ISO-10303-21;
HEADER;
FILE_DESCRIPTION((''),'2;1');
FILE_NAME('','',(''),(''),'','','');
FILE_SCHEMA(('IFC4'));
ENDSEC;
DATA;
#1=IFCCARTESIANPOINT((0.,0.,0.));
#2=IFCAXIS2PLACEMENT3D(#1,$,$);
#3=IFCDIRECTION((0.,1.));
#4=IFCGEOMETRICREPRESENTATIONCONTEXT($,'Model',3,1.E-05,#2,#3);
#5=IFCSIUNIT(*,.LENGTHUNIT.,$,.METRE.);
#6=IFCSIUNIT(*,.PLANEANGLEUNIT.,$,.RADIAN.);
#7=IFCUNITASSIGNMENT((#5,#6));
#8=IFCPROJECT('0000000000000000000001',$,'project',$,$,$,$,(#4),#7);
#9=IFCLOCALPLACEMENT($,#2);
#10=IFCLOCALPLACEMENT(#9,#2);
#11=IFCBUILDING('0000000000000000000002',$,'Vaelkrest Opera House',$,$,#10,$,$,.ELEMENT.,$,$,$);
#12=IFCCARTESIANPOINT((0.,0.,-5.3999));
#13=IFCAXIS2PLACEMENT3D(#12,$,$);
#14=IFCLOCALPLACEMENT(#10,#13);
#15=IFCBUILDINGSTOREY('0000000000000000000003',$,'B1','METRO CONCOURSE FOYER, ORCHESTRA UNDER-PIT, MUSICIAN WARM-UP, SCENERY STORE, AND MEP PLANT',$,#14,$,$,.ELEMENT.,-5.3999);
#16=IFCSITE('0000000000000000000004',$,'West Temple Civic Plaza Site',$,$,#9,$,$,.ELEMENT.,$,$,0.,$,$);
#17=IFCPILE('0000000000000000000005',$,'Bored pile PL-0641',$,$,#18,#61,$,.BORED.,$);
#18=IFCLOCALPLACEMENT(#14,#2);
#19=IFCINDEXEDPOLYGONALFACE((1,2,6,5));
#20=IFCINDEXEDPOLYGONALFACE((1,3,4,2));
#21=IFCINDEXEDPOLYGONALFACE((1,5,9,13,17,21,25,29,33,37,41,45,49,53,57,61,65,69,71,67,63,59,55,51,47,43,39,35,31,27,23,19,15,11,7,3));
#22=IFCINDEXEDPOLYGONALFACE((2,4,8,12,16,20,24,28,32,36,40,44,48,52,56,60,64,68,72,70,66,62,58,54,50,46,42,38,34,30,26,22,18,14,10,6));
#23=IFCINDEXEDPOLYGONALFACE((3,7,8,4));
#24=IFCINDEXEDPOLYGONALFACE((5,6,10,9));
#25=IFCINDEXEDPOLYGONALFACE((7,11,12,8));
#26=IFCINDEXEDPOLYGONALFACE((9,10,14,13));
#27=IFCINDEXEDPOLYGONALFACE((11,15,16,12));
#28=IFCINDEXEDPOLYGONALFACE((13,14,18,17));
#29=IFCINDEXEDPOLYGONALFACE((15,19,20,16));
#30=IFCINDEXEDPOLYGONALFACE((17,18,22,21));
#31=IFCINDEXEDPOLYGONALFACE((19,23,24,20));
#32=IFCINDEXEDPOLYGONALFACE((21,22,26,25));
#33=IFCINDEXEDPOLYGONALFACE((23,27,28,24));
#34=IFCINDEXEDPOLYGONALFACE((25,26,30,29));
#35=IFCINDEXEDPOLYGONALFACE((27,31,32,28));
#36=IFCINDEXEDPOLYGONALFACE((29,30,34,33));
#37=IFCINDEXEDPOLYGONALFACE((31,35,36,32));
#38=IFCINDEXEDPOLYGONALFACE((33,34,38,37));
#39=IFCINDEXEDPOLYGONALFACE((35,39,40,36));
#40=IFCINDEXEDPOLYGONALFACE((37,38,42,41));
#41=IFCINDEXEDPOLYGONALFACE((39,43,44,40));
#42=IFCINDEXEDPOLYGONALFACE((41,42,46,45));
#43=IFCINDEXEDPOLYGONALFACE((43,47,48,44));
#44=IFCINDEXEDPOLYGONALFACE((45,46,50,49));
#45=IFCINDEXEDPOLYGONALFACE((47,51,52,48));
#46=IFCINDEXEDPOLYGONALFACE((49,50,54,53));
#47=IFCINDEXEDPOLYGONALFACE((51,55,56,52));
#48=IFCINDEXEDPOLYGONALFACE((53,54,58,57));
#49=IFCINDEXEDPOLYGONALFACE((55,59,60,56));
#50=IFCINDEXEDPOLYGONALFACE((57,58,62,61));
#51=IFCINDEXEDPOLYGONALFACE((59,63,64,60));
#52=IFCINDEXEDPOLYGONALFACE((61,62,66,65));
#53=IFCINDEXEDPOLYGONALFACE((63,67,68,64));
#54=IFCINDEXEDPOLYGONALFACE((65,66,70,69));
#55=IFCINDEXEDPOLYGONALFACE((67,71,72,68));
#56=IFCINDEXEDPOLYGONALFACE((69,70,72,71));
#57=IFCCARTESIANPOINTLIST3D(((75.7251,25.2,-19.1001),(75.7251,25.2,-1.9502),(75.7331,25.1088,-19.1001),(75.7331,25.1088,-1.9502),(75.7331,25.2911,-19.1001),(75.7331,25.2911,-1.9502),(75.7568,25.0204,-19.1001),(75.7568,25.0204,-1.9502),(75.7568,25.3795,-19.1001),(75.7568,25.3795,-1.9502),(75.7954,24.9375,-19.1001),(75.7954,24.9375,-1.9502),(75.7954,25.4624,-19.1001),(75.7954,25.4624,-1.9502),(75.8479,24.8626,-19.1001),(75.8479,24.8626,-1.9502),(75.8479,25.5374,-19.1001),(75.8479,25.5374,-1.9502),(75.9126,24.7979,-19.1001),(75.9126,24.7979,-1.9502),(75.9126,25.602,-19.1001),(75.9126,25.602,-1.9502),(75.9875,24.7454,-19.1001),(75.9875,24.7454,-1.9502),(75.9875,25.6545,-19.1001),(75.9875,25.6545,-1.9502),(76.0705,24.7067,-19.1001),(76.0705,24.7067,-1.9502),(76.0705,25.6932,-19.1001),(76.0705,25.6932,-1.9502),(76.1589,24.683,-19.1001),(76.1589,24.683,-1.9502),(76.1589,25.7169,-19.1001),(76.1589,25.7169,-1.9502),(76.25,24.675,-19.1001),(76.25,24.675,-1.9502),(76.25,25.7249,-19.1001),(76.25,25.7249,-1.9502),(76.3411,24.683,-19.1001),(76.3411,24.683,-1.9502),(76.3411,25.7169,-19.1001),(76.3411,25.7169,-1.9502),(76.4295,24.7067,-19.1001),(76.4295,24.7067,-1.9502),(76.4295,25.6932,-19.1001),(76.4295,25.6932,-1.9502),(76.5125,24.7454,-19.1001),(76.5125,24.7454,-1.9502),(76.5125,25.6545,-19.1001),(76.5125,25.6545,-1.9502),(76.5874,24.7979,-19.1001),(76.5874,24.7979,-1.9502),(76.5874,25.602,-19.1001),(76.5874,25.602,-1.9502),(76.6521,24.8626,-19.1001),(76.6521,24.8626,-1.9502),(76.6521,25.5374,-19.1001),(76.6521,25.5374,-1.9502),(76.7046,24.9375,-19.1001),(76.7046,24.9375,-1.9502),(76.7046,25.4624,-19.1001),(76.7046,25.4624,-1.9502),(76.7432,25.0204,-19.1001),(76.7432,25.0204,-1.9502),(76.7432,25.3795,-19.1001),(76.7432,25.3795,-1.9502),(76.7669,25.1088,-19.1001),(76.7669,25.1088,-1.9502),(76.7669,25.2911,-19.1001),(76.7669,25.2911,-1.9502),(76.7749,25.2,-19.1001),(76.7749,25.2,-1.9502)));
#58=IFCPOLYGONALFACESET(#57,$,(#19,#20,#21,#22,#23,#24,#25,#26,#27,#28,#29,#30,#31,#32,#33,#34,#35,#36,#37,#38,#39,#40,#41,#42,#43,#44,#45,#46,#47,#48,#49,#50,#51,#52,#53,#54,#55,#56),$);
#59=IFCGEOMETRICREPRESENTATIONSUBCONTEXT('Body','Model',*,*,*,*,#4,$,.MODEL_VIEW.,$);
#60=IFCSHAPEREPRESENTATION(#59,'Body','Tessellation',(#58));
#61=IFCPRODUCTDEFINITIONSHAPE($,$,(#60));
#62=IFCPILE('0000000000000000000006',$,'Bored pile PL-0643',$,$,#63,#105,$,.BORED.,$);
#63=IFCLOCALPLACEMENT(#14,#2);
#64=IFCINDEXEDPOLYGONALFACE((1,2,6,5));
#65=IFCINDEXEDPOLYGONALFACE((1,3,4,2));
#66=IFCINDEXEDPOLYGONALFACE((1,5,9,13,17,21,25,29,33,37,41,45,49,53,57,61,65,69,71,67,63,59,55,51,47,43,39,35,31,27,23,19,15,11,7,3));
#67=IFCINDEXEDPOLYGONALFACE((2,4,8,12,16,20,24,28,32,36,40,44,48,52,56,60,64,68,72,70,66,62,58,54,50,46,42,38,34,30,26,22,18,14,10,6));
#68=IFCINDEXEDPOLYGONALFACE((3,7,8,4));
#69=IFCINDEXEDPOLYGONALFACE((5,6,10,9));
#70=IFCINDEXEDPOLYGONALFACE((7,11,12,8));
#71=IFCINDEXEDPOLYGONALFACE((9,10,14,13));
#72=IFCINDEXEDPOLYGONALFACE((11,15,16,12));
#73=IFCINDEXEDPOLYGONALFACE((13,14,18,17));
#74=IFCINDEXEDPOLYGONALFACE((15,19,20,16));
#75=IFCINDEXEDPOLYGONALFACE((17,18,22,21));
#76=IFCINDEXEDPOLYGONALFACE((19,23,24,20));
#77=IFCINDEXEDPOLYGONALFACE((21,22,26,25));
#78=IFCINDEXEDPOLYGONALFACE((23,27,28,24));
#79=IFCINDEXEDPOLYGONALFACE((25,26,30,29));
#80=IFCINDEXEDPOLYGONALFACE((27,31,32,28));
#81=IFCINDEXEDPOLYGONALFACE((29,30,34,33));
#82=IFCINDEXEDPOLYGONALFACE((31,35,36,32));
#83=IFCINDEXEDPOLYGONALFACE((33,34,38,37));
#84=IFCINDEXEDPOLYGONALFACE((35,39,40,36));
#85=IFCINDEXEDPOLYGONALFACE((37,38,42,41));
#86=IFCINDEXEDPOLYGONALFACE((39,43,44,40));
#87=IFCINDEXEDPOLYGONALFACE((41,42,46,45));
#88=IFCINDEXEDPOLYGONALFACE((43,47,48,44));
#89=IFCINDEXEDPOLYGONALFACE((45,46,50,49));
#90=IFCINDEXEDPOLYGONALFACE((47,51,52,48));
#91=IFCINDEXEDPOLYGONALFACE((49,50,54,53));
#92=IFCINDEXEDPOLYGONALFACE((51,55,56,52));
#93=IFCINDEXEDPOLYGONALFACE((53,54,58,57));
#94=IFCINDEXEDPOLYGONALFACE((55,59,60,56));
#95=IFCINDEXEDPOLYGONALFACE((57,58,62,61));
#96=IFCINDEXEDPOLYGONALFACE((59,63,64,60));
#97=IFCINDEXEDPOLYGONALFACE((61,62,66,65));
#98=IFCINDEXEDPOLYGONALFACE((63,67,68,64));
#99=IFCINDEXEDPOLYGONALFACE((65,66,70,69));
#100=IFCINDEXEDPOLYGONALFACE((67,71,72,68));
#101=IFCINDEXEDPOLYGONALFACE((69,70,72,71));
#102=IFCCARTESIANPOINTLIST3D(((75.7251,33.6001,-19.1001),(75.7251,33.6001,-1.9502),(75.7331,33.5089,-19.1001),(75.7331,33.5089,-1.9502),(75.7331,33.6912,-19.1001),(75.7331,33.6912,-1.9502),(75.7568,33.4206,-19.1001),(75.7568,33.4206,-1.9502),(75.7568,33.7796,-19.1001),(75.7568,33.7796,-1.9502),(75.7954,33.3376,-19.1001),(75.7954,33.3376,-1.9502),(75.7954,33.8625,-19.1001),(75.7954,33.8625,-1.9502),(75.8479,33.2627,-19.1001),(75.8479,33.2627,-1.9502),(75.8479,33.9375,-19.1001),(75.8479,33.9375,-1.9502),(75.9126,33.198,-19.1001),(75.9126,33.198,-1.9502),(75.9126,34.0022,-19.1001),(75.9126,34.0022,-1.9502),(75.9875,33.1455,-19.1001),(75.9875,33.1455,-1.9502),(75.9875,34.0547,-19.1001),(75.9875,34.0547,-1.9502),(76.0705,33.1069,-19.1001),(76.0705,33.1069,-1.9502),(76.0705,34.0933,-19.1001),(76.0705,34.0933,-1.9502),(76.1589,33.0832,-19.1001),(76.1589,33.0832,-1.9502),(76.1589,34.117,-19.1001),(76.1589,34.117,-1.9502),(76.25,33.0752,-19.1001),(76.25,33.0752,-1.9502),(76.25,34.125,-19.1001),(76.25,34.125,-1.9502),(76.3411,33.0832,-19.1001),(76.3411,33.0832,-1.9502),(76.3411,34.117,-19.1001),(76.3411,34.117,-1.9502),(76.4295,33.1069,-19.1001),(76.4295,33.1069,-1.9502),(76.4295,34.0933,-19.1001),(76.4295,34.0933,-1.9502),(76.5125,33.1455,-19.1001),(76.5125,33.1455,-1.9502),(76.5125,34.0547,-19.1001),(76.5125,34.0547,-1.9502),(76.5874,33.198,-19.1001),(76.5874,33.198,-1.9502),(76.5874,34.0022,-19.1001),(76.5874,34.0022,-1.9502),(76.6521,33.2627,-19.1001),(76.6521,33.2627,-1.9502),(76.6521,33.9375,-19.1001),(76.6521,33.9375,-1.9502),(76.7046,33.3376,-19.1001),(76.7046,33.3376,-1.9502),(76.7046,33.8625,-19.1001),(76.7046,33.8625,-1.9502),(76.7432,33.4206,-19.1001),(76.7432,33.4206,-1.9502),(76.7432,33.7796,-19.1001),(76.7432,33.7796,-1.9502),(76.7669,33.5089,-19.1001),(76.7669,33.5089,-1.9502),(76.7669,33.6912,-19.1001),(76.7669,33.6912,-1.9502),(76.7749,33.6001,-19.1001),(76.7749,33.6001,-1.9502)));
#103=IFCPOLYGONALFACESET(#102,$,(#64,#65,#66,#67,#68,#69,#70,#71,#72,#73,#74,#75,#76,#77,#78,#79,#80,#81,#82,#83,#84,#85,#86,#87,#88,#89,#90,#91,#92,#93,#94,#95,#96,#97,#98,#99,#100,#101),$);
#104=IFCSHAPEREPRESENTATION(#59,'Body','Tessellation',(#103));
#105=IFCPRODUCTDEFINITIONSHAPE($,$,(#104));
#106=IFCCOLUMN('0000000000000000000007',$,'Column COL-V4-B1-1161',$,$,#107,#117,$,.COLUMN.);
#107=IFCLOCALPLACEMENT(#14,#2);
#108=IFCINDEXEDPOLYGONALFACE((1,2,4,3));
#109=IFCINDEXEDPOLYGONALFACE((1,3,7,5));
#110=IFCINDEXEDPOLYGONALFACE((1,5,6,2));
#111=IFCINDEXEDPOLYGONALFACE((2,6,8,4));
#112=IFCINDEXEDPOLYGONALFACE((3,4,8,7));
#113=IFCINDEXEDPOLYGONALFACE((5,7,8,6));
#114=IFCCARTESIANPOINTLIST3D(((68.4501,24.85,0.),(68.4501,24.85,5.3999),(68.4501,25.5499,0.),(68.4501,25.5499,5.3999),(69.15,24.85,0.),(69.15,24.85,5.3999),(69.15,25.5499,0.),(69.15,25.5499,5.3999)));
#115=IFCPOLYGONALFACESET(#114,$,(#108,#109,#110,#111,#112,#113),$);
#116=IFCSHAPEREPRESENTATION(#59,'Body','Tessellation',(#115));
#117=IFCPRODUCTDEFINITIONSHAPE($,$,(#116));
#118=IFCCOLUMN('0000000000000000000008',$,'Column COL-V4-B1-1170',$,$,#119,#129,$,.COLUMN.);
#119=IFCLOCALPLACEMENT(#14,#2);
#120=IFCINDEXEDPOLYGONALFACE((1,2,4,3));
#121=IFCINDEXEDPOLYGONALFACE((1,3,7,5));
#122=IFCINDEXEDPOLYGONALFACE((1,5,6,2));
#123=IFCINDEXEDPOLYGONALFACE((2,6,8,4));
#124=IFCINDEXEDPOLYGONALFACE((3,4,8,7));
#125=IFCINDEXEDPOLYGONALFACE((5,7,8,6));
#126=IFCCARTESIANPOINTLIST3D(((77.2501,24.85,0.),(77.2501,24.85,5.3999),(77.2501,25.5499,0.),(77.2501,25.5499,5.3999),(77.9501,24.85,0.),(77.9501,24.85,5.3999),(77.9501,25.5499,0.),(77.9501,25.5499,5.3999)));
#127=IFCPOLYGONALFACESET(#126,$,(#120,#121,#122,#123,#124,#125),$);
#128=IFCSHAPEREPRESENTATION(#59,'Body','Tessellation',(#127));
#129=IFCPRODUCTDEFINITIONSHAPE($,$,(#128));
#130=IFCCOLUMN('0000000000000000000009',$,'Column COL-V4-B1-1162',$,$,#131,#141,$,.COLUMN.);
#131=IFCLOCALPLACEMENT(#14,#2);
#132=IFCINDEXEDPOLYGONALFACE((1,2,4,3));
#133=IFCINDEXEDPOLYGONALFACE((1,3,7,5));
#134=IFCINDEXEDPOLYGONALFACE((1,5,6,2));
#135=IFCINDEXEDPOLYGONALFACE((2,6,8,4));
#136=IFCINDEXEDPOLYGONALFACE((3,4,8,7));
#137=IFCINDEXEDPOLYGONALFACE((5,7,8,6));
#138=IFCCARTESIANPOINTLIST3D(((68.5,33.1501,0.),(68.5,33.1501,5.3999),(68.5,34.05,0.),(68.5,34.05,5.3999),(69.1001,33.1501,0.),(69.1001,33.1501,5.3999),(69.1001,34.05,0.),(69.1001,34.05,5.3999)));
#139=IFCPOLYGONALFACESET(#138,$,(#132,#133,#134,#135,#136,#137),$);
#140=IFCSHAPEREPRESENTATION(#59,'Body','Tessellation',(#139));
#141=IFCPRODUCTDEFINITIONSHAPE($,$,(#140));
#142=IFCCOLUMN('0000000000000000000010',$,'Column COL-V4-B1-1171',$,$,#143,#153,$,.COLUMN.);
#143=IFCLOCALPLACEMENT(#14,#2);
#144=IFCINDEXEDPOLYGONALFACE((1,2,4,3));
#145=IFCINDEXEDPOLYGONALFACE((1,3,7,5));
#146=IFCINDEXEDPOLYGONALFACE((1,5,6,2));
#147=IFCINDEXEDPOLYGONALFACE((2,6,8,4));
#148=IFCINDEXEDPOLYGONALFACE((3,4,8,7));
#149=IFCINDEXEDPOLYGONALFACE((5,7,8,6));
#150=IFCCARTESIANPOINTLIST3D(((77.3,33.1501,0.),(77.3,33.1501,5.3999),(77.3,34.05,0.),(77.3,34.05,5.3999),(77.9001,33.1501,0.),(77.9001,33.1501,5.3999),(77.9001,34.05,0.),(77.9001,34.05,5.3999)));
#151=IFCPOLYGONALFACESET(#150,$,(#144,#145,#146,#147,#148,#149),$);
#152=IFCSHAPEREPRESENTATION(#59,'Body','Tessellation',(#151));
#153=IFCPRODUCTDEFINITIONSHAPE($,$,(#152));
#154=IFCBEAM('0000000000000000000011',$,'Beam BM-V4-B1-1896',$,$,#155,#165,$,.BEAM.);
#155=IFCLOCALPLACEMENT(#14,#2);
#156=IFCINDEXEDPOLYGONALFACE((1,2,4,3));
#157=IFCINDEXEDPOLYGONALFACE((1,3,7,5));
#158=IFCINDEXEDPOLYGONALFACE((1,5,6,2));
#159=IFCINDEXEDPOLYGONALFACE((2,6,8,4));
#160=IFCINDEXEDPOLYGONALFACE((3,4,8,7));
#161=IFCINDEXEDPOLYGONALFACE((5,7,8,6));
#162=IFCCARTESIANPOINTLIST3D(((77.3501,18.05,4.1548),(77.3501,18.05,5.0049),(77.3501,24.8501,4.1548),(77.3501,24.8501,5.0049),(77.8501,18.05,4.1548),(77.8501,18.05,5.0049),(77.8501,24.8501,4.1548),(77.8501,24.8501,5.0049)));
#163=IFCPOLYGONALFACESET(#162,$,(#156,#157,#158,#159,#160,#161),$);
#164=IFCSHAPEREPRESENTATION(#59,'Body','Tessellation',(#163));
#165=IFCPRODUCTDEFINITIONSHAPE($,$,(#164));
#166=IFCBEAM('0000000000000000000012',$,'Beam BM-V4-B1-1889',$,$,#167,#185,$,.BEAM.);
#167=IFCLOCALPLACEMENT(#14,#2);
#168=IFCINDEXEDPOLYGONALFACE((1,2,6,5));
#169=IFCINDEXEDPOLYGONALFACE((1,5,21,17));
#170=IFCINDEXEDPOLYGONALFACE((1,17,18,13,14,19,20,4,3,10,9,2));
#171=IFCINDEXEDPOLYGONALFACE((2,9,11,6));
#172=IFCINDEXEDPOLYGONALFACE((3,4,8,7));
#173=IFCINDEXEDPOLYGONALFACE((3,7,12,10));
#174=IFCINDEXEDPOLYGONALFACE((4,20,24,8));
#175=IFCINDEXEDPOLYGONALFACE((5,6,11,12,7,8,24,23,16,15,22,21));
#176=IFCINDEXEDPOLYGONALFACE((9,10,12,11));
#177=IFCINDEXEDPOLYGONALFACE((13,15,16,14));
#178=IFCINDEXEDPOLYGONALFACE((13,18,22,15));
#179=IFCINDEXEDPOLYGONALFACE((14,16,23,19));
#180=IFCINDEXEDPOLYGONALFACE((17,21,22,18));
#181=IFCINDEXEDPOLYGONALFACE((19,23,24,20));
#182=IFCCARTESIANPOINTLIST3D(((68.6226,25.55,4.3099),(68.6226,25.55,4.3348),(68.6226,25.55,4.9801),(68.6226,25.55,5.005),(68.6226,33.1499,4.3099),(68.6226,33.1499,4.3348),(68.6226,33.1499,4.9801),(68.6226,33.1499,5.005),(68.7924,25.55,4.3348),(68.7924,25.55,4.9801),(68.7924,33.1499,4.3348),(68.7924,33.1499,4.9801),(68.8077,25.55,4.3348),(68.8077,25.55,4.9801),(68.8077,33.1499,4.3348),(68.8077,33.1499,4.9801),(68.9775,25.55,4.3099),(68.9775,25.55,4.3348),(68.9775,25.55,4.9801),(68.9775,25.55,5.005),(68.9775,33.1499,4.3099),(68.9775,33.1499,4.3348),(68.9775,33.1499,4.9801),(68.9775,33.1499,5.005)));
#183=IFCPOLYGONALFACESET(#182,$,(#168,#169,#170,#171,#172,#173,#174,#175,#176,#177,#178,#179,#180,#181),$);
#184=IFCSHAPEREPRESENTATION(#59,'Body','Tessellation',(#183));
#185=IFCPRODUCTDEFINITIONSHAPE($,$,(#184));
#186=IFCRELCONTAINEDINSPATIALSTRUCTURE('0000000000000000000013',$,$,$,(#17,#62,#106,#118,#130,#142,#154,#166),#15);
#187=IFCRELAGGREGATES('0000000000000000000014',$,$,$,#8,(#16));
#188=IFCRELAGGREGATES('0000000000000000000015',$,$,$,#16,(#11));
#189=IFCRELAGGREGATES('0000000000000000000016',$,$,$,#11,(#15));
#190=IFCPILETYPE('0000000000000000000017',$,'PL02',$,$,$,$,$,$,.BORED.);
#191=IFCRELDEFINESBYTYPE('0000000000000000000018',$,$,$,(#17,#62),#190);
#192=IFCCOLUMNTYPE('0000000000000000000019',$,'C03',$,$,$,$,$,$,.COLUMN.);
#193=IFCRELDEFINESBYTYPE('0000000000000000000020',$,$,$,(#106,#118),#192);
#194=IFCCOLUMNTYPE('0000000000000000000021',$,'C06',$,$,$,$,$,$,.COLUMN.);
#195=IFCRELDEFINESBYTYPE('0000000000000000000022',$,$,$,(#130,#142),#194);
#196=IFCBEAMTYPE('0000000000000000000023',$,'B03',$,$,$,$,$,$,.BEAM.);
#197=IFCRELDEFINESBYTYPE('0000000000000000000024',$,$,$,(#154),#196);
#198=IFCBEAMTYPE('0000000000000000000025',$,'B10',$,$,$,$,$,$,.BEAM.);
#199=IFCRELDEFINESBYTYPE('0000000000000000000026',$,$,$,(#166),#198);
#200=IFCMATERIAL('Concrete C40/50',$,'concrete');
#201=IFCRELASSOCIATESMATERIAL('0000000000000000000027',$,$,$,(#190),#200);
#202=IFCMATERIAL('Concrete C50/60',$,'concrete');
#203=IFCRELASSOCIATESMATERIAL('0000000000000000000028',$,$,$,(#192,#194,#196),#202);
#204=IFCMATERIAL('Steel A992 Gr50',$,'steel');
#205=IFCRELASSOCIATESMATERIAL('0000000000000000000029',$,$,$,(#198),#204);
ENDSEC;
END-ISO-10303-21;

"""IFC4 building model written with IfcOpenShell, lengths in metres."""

from ifc_helpers import new_model, si_unit, direction, frame, origin, origin_2d, place, context, subcontext, project, spatial, rectangle, circle, i_section, extrude, material, material_profile, profile_set, type_object, element, save


model = new_model("IFC4")

# Units and contexts
model_context = context("Model", 3, precision=1e-05, world=origin(), true_north=direction((0.0, 1.0)))
body_context = subcontext(model_context, "Body", "Model", "MODEL_VIEW")
ifc_project = project(units=[si_unit("LENGTHUNIT", "METRE"), si_unit("PLANEANGLEUNIT", "RADIAN")], contexts=[model_context])

# Site, building, storey
site_placement = place(None, origin())
site = spatial("IfcSite", under=ifc_project, at=site_placement, Name="West Temple Civic Plaza Site", CompositionType="ELEMENT", RefElevation=0.0)
building_placement = place(site_placement, origin())
building = spatial("IfcBuilding", under=site, at=building_placement, Name="Vaelkrest Opera House", CompositionType="ELEMENT")
storey_placement = place(building_placement, frame((0.0, 0.0, -5.3999)))
storey = spatial("IfcBuildingStorey", under=building, at=storey_placement, Name="B1", Description="METRO CONCOURSE FOYER, ORCHESTRA UNDER-PIT, MUSICIAN WARM-UP, SCENERY STORE, AND MEP PLANT", CompositionType="ELEMENT", Elevation=-5.3999)

# Shared definitions
ifc_material_1 = material(Name="Concrete C40/50", Category="concrete")

# Piles
ifc_material_profile_1 = material_profile(ifc_material_1, circle(Radius=0.5249, at=origin_2d()), Name="PILE1050")
ifc_profile_set_1 = profile_set([ifc_material_profile_1], Name="Concrete C40/50")
pile_type = type_object("IfcPileType", Name="PL02", PredefinedType="BORED", material=ifc_profile_set_1)
for number, where, z_axis, x_axis, name in (
    (1, (76.25, 25.2, -1.9502), (0.0, 0.0, -1.0), (1.0, 0.0, 0.0), "Bored pile PL-0641"),
    (2, (76.25, 33.6001, -1.9502), (0.0, 0.0, -1.0), (1.0, 0.0, 0.0), "Bored pile PL-0643"),
):
    element("IfcPile", number, at=place(storey_placement, frame(where, z_axis=z_axis, x_axis=x_axis)), inside=storey, type_object=pile_type, Name=name, PredefinedType="BORED", context=body_context, shape_type="SweptSolid", body=[
        extrude(circle(Radius=0.5249, at=origin_2d()), origin(), (0.0, 0.0, 1.0), 17.1499),
    ])

# Columns
ifc_material_2 = material(Name="Concrete C50/60", Category="concrete")
ifc_material_profile_2 = material_profile(ifc_material_2, rectangle(XDim=0.7, YDim=0.7, at=origin_2d()), Name="RC700X700")
ifc_profile_set_2 = profile_set([ifc_material_profile_2], Name="Concrete C50/60")
column_type_1 = type_object("IfcColumnType", Name="C03", PredefinedType="COLUMN", material=ifc_profile_set_2)
for number, where, z_axis, x_axis, name in (
    (3, (68.8, 25.2, 0.0), (0.0, 0.0, 1.0), (1.0, 0.0, 0.0), "Column COL-V4-B1-1161"),
    (4, (77.6001, 25.2, 0.0), (0.0, 0.0, 1.0), (1.0, 0.0, 0.0), "Column COL-V4-B1-1170"),
):
    element("IfcColumn", number, at=place(storey_placement, frame(where, z_axis=z_axis, x_axis=x_axis)), inside=storey, type_object=column_type_1, Name=name, PredefinedType="COLUMN", context=body_context, shape_type="SweptSolid", body=[
        extrude(rectangle(XDim=0.7, YDim=0.7, at=origin_2d()), origin(), (0.0, 0.0, 1.0), 5.3999),
    ])
ifc_material_profile_3 = material_profile(ifc_material_2, rectangle(XDim=0.6001, YDim=0.8999, at=origin_2d()), Name="RC600X900")
ifc_profile_set_3 = profile_set([ifc_material_profile_3], Name="Concrete C50/60")
column_type_2 = type_object("IfcColumnType", Name="C06", PredefinedType="COLUMN", material=ifc_profile_set_3)
for number, where, z_axis, x_axis, name in (
    (5, (68.8, 33.6001, 0.0), (0.0, 0.0, 1.0), (1.0, 0.0, 0.0), "Column COL-V4-B1-1162"),
    (6, (77.6001, 33.6001, 0.0), (0.0, 0.0, 1.0), (1.0, 0.0, 0.0), "Column COL-V4-B1-1171"),
):
    element("IfcColumn", number, at=place(storey_placement, frame(where, z_axis=z_axis, x_axis=x_axis)), inside=storey, type_object=column_type_2, Name=name, PredefinedType="COLUMN", context=body_context, shape_type="SweptSolid", body=[
        extrude(rectangle(XDim=0.6001, YDim=0.8999, at=origin_2d()), origin(), (0.0, 0.0, 1.0), 5.3999),
    ])

# Beams
ifc_material_profile_4 = material_profile(ifc_material_2, rectangle(XDim=0.5, YDim=0.8501, at=origin_2d()), Name="RCB500X850")
ifc_profile_set_4 = profile_set([ifc_material_profile_4], Name="Concrete C50/60")
beam_type_1 = type_object("IfcBeamType", Name="B03", PredefinedType="BEAM", material=ifc_profile_set_4)
beam_1_placement = place(storey_placement, frame((77.6001, 18.05, 4.5798), z_axis=(0.0, 1.0, 0.0), x_axis=(-1.0, 0.0, 0.0)))
element("IfcBeam", 7, at=beam_1_placement, inside=storey, type_object=beam_type_1, Name="Beam BM-V4-B1-1896", PredefinedType="BEAM", context=body_context, shape_type="SweptSolid", body=[
    extrude(rectangle(XDim=0.5, YDim=0.8501, at=origin_2d()), origin(), (0.0, 0.0, 1.0), 6.8),
])
ifc_material_3 = material(Name="Steel A992 Gr50", Category="steel")
ifc_material_profile_5 = material_profile(ifc_material_3, i_section(OverallWidth=0.355, OverallDepth=0.6951, WebThickness=0.0154, FlangeThickness=0.0249, at=origin_2d()), Name="W27X146")
ifc_profile_set_5 = profile_set([ifc_material_profile_5], Name="Steel A992 Gr50")
beam_type_2 = type_object("IfcBeamType", Name="B10", PredefinedType="BEAM", material=ifc_profile_set_5)
for number, where, z_axis, x_axis, name in (
    (8, (68.8, 25.55, 4.6575), (0.0, 1.0, 0.0), (-1.0, 0.0, 0.0), "Beam BM-V4-B1-1889"),
):
    element("IfcBeam", number, at=place(storey_placement, frame(where, z_axis=z_axis, x_axis=x_axis)), inside=storey, type_object=beam_type_2, Name=name, PredefinedType="BEAM", context=body_context, shape_type="SweptSolid", body=[
        extrude(i_section(OverallWidth=0.355, OverallDepth=0.6951, WebThickness=0.0154, FlangeThickness=0.0249, at=origin_2d()), origin(), (0.0, 0.0, 1.0), 7.5999),
    ])

save(model, "model.ifc")
